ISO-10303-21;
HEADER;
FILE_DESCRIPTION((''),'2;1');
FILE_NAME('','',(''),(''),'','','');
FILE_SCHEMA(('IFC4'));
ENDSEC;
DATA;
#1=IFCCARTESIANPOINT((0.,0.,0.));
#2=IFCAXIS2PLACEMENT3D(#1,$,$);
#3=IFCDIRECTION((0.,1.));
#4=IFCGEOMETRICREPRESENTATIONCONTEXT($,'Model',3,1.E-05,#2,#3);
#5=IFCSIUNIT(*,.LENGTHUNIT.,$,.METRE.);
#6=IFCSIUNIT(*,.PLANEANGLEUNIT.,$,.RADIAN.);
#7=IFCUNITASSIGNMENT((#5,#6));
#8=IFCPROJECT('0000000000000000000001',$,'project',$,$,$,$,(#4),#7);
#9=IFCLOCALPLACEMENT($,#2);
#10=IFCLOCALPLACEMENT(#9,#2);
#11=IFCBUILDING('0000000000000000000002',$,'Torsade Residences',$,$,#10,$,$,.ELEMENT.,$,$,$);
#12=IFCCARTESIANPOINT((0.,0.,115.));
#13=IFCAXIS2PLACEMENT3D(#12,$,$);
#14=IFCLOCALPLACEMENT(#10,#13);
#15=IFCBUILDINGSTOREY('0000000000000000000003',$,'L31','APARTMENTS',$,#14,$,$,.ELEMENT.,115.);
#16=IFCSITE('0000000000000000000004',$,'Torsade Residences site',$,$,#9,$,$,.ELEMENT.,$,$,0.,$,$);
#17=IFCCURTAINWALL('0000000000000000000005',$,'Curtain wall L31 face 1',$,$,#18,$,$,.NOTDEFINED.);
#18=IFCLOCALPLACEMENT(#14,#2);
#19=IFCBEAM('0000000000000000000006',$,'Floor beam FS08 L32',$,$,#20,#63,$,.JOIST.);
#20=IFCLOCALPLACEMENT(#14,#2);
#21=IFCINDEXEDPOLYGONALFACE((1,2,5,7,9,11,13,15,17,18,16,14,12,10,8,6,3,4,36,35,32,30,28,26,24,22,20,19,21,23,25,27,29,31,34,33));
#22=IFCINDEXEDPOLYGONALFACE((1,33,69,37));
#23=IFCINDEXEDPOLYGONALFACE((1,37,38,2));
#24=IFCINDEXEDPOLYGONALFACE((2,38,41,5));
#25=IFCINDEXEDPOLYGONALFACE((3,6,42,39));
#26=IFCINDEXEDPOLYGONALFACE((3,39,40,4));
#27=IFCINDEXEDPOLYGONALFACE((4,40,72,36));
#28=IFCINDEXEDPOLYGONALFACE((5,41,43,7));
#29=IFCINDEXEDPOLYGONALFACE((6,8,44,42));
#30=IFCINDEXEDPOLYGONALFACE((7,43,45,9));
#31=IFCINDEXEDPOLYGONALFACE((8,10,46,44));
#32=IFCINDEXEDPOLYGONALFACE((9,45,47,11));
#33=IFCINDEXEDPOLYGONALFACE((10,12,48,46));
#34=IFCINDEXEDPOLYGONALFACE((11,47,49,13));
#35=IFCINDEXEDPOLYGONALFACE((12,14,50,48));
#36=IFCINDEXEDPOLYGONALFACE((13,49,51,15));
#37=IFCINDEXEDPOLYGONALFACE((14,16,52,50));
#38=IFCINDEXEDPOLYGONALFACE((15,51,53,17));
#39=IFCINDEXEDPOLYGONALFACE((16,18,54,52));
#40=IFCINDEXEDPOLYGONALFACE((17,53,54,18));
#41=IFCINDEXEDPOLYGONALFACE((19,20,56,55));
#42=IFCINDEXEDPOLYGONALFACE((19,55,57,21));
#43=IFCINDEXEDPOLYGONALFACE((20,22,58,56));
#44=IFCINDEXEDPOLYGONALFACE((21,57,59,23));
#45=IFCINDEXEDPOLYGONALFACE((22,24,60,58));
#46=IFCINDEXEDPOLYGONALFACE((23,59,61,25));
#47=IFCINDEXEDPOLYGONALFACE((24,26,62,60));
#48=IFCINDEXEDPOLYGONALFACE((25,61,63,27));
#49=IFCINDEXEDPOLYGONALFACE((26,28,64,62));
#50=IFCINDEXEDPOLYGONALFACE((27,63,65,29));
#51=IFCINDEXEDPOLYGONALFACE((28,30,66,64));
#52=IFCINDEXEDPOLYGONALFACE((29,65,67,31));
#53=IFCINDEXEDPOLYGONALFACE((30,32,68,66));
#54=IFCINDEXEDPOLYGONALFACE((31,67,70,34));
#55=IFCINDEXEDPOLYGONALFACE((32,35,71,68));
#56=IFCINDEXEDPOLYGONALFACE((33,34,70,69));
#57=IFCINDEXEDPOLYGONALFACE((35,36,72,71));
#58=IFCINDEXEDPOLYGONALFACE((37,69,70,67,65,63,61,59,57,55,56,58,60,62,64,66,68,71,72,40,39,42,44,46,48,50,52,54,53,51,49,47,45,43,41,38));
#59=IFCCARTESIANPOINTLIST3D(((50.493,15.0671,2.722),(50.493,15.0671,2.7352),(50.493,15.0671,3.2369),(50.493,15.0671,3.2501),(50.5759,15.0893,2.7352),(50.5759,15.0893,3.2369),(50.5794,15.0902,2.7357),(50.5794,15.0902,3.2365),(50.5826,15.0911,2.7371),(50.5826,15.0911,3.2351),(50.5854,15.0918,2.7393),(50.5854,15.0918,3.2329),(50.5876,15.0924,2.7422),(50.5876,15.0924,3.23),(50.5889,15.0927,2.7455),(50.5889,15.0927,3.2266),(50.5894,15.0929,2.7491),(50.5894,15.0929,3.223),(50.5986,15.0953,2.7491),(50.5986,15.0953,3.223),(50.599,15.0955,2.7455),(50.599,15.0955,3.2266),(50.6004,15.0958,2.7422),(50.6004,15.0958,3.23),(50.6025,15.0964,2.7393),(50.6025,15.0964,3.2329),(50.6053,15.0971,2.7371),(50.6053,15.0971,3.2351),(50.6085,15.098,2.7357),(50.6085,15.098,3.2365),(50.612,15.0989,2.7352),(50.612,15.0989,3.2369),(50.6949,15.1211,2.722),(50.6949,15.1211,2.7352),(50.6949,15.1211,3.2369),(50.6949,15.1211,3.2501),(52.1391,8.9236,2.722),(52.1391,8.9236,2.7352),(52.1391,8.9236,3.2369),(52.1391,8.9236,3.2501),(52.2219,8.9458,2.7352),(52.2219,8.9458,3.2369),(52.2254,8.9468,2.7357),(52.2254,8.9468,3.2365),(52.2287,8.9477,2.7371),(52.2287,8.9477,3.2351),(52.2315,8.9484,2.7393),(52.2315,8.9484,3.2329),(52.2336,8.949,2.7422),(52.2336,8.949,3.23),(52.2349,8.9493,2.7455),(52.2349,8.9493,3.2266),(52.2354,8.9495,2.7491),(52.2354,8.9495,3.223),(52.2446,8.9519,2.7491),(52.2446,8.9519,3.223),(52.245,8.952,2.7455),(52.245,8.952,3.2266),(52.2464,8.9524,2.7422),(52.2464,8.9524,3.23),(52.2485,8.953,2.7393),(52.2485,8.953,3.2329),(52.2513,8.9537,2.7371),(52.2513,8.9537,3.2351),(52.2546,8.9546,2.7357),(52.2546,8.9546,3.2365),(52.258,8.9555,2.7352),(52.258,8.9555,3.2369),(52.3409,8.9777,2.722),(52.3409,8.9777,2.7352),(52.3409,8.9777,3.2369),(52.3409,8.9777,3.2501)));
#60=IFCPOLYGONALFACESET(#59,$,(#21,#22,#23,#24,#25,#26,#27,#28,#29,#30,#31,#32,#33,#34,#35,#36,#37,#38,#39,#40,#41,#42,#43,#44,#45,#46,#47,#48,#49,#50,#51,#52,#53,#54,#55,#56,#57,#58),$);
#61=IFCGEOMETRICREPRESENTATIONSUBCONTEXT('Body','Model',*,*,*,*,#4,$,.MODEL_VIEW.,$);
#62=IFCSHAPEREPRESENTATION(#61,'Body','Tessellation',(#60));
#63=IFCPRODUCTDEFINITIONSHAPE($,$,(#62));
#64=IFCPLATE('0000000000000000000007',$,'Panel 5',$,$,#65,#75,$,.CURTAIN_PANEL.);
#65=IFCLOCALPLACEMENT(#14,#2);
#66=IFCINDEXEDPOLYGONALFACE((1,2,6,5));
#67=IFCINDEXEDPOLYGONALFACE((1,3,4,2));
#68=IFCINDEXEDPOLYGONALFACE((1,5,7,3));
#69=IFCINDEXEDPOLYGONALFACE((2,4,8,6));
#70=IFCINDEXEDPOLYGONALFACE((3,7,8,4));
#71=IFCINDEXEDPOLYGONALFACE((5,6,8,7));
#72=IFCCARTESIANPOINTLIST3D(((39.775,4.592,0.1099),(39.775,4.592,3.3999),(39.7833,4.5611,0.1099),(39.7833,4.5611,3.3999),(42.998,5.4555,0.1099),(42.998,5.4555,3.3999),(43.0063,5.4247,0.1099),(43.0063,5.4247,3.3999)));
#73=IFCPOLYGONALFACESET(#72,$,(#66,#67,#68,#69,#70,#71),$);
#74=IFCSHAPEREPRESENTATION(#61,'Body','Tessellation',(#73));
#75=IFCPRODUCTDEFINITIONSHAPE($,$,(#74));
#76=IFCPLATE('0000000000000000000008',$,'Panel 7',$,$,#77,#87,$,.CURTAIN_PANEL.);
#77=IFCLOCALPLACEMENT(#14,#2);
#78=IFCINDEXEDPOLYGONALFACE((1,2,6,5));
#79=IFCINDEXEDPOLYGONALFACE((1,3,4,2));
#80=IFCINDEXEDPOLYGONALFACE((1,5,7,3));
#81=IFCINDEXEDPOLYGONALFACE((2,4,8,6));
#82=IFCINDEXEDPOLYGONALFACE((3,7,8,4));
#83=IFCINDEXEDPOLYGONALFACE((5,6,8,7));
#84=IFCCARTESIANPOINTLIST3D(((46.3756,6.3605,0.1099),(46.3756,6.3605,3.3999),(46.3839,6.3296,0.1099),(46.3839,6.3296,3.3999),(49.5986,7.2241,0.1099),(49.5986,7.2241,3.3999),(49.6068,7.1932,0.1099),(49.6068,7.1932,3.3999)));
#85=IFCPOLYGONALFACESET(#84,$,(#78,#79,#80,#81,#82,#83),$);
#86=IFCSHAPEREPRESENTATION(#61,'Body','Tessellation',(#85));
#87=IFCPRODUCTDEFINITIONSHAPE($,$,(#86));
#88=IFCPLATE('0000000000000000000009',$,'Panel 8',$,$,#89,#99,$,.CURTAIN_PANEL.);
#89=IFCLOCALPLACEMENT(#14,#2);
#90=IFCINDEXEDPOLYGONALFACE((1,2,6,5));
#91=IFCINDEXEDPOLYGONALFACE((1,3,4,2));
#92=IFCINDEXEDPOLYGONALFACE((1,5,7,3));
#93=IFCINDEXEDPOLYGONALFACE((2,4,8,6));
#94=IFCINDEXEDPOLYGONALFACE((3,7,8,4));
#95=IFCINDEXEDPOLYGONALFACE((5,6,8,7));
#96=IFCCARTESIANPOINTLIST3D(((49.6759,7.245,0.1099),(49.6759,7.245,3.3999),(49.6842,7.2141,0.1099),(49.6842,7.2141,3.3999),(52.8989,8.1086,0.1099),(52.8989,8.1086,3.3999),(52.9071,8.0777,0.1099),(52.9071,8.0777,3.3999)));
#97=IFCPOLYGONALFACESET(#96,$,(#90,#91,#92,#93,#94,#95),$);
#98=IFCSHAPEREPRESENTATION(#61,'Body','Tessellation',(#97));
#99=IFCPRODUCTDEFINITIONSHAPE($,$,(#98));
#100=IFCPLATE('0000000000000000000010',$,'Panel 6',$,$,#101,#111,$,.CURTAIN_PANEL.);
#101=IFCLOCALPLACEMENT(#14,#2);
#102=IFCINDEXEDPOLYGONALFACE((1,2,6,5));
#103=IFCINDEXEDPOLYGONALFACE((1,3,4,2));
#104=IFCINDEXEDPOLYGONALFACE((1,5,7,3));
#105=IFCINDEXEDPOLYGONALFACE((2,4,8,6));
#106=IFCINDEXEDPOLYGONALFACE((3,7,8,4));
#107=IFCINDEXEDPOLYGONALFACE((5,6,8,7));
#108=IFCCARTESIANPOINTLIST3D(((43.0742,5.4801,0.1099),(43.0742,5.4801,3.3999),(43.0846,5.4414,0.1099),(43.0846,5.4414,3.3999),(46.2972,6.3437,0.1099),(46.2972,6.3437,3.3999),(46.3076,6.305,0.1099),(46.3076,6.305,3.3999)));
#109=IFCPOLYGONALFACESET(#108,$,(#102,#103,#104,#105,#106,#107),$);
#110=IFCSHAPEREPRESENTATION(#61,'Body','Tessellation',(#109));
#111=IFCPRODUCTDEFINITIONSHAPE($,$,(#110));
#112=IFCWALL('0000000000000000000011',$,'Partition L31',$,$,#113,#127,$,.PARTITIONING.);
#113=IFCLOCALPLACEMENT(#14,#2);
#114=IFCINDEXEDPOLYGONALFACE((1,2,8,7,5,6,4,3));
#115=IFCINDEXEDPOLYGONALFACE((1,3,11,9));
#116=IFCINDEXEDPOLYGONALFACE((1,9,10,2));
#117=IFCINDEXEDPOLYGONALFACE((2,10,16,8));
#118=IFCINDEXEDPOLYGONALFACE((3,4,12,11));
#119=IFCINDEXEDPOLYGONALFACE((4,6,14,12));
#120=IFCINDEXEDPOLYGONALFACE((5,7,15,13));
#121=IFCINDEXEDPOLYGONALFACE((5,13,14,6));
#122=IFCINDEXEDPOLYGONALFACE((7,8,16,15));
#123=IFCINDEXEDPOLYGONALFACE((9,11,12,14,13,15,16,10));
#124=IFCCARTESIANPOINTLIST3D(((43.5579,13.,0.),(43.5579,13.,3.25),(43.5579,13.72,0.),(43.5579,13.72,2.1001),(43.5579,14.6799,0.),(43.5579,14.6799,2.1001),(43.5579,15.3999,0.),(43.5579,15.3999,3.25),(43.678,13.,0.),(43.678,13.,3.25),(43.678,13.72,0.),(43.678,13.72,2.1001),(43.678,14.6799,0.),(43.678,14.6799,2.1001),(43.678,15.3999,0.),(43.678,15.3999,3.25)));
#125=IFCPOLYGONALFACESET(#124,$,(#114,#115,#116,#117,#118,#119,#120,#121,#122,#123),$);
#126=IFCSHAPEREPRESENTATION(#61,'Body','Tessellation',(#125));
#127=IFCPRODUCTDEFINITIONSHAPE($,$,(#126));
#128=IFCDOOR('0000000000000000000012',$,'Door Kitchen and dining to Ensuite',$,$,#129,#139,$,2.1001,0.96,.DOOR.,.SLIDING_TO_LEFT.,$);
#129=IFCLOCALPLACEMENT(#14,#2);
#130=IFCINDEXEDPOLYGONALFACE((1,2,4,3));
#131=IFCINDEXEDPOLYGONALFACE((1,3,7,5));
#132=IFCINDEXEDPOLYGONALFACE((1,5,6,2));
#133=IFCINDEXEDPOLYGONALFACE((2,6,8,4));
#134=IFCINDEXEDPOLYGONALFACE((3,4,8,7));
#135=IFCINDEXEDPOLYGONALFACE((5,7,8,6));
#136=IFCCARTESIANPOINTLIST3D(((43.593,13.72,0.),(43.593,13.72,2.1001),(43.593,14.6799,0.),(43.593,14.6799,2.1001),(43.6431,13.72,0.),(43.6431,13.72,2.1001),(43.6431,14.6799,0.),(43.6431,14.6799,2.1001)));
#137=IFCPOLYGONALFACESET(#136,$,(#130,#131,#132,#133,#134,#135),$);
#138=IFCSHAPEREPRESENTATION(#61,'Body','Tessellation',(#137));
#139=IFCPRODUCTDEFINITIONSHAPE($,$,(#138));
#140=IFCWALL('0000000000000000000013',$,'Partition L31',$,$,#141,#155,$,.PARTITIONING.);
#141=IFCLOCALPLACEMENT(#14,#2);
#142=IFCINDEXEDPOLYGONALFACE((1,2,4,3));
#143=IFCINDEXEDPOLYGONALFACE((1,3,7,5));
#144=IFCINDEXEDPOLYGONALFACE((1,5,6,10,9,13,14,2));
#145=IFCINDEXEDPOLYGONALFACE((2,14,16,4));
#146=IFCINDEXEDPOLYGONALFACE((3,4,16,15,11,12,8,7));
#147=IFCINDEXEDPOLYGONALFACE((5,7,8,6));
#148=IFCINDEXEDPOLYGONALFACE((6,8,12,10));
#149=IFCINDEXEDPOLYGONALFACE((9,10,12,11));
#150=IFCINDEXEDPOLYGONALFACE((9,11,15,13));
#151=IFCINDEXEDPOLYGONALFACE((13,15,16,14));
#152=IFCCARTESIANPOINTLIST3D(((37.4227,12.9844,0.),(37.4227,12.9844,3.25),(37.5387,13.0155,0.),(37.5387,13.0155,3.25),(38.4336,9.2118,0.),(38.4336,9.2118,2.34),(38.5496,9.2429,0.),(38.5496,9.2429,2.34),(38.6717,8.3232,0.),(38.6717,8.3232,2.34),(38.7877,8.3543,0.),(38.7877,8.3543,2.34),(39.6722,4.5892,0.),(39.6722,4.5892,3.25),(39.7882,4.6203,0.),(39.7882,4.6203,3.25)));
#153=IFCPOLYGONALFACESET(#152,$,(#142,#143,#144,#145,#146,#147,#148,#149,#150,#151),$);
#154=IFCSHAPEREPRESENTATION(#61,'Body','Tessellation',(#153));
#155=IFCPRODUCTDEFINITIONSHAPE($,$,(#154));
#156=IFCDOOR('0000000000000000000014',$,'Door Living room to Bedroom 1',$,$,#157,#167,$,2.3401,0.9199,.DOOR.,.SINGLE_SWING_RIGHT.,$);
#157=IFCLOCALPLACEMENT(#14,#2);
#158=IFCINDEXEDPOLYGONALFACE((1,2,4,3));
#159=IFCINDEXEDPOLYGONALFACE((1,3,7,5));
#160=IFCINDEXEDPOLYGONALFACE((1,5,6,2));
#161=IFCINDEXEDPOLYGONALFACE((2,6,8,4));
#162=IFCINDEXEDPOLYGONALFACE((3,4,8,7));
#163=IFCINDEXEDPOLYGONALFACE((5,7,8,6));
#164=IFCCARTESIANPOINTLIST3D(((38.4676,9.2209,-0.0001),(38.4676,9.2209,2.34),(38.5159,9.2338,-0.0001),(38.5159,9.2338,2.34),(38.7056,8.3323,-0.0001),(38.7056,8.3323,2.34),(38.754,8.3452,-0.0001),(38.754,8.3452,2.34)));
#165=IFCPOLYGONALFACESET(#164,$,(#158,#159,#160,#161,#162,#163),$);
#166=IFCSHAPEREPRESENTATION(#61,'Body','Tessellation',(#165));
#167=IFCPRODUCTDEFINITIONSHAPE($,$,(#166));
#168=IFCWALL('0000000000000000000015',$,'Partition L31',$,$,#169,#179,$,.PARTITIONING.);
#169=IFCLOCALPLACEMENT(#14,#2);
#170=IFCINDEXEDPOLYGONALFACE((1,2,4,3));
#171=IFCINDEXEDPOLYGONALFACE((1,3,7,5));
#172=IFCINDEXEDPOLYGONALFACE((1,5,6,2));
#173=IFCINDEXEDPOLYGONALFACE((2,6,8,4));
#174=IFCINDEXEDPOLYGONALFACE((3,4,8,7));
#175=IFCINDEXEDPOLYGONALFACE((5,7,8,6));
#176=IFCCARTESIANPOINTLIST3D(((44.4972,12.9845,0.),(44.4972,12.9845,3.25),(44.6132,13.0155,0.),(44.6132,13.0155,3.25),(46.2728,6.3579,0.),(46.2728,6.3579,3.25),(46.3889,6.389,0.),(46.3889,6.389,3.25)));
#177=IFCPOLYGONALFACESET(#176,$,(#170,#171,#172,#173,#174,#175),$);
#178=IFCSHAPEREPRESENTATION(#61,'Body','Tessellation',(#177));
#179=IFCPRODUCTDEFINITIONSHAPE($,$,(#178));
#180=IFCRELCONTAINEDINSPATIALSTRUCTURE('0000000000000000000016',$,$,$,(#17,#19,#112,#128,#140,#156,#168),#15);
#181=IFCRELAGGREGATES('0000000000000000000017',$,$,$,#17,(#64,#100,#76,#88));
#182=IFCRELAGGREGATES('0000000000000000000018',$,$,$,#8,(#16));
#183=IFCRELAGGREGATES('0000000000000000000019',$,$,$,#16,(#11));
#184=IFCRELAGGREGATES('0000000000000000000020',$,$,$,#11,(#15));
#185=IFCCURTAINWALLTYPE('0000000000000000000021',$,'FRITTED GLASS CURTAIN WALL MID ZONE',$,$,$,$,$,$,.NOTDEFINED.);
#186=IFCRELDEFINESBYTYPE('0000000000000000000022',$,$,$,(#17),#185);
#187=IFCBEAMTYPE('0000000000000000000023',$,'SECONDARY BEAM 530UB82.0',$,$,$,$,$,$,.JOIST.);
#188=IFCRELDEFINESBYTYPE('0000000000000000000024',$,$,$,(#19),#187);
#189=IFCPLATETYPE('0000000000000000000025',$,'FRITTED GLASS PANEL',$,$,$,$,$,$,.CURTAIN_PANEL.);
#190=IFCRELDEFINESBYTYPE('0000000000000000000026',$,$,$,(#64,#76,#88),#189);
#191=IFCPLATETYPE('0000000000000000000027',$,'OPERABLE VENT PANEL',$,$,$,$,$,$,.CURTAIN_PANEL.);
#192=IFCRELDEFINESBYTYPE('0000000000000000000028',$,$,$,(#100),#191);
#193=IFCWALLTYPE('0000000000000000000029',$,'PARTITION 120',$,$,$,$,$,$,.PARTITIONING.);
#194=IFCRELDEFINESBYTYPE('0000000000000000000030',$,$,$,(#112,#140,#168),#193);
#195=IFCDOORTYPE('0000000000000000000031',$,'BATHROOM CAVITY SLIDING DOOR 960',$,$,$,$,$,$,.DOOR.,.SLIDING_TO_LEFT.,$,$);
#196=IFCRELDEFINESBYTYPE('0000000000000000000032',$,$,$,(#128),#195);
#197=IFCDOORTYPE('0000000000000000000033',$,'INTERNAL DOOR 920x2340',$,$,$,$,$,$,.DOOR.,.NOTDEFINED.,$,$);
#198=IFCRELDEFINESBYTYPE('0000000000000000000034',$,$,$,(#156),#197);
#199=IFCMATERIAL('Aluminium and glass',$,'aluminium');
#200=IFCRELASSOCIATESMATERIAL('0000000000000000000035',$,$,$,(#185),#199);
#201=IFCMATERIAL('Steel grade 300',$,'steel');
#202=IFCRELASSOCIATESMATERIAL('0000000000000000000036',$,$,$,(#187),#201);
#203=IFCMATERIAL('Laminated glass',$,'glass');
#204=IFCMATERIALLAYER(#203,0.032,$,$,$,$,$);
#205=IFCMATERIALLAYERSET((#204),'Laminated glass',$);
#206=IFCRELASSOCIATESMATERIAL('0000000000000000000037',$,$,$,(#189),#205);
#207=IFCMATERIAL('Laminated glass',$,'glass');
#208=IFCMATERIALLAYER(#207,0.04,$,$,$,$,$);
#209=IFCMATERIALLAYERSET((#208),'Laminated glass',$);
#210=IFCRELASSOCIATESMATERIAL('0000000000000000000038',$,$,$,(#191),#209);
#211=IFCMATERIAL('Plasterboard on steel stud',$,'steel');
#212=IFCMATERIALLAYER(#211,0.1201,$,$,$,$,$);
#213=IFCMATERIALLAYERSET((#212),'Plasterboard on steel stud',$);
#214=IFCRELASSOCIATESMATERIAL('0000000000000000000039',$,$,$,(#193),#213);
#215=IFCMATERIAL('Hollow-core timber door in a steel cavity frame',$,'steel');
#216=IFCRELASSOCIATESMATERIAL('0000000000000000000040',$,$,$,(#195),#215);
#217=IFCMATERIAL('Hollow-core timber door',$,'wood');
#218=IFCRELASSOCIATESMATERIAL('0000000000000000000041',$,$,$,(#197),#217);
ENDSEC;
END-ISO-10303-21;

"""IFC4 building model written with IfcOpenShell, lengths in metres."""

from ifc_helpers import new_model, si_unit, direction, frame, frame_2d, origin, origin_2d, place, context, subcontext, project, spatial, rectangle, i_section, extrude, material, layer, layer_set, material_profile, profile_set, type_object, element, fill, aggregate, save


model = new_model("IFC4")

# Units and contexts
model_context = context("Model", 3, precision=1e-05, world=origin(), true_north=direction((0.0, 1.0)))
body_context = subcontext(model_context, "Body", "Model", "MODEL_VIEW")
ifc_project = project(units=[si_unit("LENGTHUNIT", "METRE"), si_unit("PLANEANGLEUNIT", "RADIAN")], contexts=[model_context])

# Site, building, storey
site_placement = place(None, origin())
site = spatial("IfcSite", under=ifc_project, at=site_placement, Name="Torsade Residences site", CompositionType="ELEMENT", RefElevation=0.0)
building_placement = place(site_placement, origin())
building = spatial("IfcBuilding", under=site, at=building_placement, Name="Torsade Residences", CompositionType="ELEMENT")
storey_placement = place(building_placement, frame((0.0, 0.0, 115.0)))
storey = spatial("IfcBuildingStorey", under=building, at=storey_placement, Name="L31", Description="APARTMENTS", CompositionType="ELEMENT", Elevation=115.0)

# Curtain wall
ifc_material_1 = material(Name="Aluminium and glass", Category="aluminium")
curtain_wall_type = type_object("IfcCurtainWallType", Name="FRITTED GLASS CURTAIN WALL MID ZONE", PredefinedType="NOTDEFINED", material=ifc_material_1)
curtain_wall_placement = place(storey_placement, origin())
curtain_wall = element("IfcCurtainWall", 1, at=curtain_wall_placement, inside=storey, type_object=curtain_wall_type, Name="Curtain wall L31 face 1", PredefinedType="NOTDEFINED")

# Beam
ifc_material_2 = material(Name="Steel grade 300", Category="steel")
ifc_material_profile_1 = material_profile(ifc_material_2, i_section(OverallWidth=0.209, OverallDepth=0.5281, WebThickness=0.0095, FlangeThickness=0.0132, FilletRadius=0.0139, at=origin_2d()), Name="530UB82.0")
ifc_profile_set_1 = profile_set([ifc_material_profile_1], Name="Steel grade 300")
beam_type_1 = type_object("IfcBeamType", Name="SECONDARY BEAM 530UB82.0", PredefinedType="JOIST", material=ifc_profile_set_1)
beam_1_placement = place(storey_placement, frame((52.24, 8.9507, 2.9861), z_axis=(-0.258805, 0.96593, 0.0), x_axis=(-0.96593, -0.258805, 0.0)))
element("IfcBeam", 2, at=beam_1_placement, inside=storey, type_object=beam_type_1, Name="Floor beam FS08 L32", PredefinedType="JOIST", context=body_context, shape_type="SweptSolid", body=[
    extrude(i_section(OverallWidth=0.209, OverallDepth=0.5281, WebThickness=0.0095, FlangeThickness=0.0132, FilletRadius=0.0139, at=origin_2d()), origin(), (0.0, 0.0, 1.0), 6.3601),
])

# Plates
ifc_material_3 = material(Name="Laminated glass", Category="glass")
ifc_layer_1 = layer(ifc_material_3, 0.032)
ifc_layer_set_1 = layer_set([ifc_layer_1], Name="Laminated glass")
plate_type_1 = type_object("IfcPlateType", Name="FRITTED GLASS PANEL", PredefinedType="CURTAIN_PANEL", material=ifc_layer_set_1)
plate_1_placement = place(storey_placement, frame((41.3906, 5.0083, 0.1099), z_axis=(0.0, 0.0, 1.0), x_axis=(0.965926, 0.258819, 0.0)))
plate_1 = element("IfcPlate", 3, at=plate_1_placement, type_object=plate_type_1, Name="Panel 5", PredefinedType="CURTAIN_PANEL", context=body_context, shape_type="SweptSolid", body=[
    extrude(rectangle(XDim=3.3367, YDim=0.032, at=origin_2d()), origin(), (0.0, 0.0, 1.0), 3.29),
])
plate_2_placement = place(storey_placement, frame((47.9912, 6.7769, 0.1099), z_axis=(0.0, 0.0, 1.0), x_axis=(0.965926, 0.258819, 0.0)))
plate_2 = element("IfcPlate", 4, at=plate_2_placement, type_object=plate_type_1, Name="Panel 7", PredefinedType="CURTAIN_PANEL", context=body_context, shape_type="SweptSolid", body=[
    extrude(rectangle(XDim=3.3367, YDim=0.032, at=origin_2d()), origin(), (0.0, 0.0, 1.0), 3.29),
])
plate_3_placement = place(storey_placement, frame((51.2915, 7.6614, 0.1099), z_axis=(0.0, 0.0, 1.0), x_axis=(0.965926, 0.258819, 0.0)))
plate_3 = element("IfcPlate", 5, at=plate_3_placement, type_object=plate_type_1, Name="Panel 8", PredefinedType="CURTAIN_PANEL", context=body_context, shape_type="SweptSolid", body=[
    extrude(rectangle(XDim=3.3367, YDim=0.032, at=origin_2d()), origin(), (0.0, 0.0, 1.0), 3.29),
])
ifc_material_4 = material(Name="Laminated glass", Category="glass")
ifc_layer_2 = layer(ifc_material_4, 0.04)
ifc_layer_set_2 = layer_set([ifc_layer_2], Name="Laminated glass")
plate_type_2 = type_object("IfcPlateType", Name="OPERABLE VENT PANEL", PredefinedType="CURTAIN_PANEL", material=ifc_layer_set_2)
plate_4_placement = place(storey_placement, frame((44.6909, 5.8926, 0.1099), z_axis=(0.0, 0.0, 1.0), x_axis=(0.965926, 0.258819, 0.0)))
plate_4 = element("IfcPlate", 6, at=plate_4_placement, type_object=plate_type_2, Name="Panel 6", PredefinedType="CURTAIN_PANEL", context=body_context, shape_type="SweptSolid", body=[
    extrude(rectangle(XDim=3.3367, YDim=0.04, at=origin_2d()), origin(), (0.0, 0.0, 1.0), 3.29),
])
aggregate(curtain_wall, [plate_1, plate_4, plate_2, plate_3])

# Walls, openings, doors
ifc_material_5 = material(Name="Plasterboard on steel stud", Category="steel")
ifc_layer_3 = layer(ifc_material_5, 0.1201)
ifc_layer_set_3 = layer_set([ifc_layer_3], Name="Plasterboard on steel stud")
wall_type = type_object("IfcWallType", Name="PARTITION 120", PredefinedType="PARTITIONING", material=ifc_layer_set_3)
wall_1_placement = place(storey_placement, frame((43.6179, 13.0, 0.0), z_axis=(0.0, 0.0, 1.0), x_axis=(0.0, 1.0, 0.0)))
wall_1 = element("IfcWall", 7, at=wall_1_placement, inside=storey, type_object=wall_type, Name="Partition L31", PredefinedType="PARTITIONING", context=body_context, shape_type="SweptSolid", body=[
    extrude(rectangle(XDim=2.3999, YDim=0.1201, at=frame_2d((1.2, 0.0))), origin(), (0.0, 0.0, 1.0), 3.25),
])
opening_1_placement = place(wall_1_placement, frame((0.72, 0.0, 0.0)))
opening_1 = element("IfcOpeningElement", 8, at=opening_1_placement, cuts=wall_1, PredefinedType="OPENING", context=body_context, shape_type="SweptSolid", body=[
    extrude(rectangle(XDim=0.96, YDim=2.1001, at=frame_2d((0.48, 1.05))), frame((0.0, 0.0701, 0.0), z_axis=(0.0, -1.0, 0.0), x_axis=(1.0, 0.0, 0.0)), (0.0, 0.0, 1.0), 0.1401),
])
ifc_material_6 = material(Name="Hollow-core timber door in a steel cavity frame", Category="steel")
door_type_1 = type_object("IfcDoorType", Name="BATHROOM CAVITY SLIDING DOOR 960", OperationType="SLIDING_TO_LEFT", PredefinedType="DOOR", material=ifc_material_6)
door_1_placement = place(opening_1_placement, origin())
door_1 = element("IfcDoor", 9, at=door_1_placement, inside=storey, type_object=door_type_1, Name="Door Kitchen and dining to Ensuite", OperationType="SLIDING_TO_LEFT", OverallHeight=2.1001, OverallWidth=0.96, PredefinedType="DOOR", context=body_context, shape_type="SweptSolid", body=[
    extrude(rectangle(XDim=0.96, YDim=2.1001, at=frame_2d((0.48, 1.05))), frame((0.0, 0.0249, 0.0), z_axis=(0.0, -1.0, 0.0), x_axis=(1.0, 0.0, 0.0)), (0.0, 0.0, 1.0), 0.05),
])
fill(opening_1, door_1)
wall_2_placement = place(storey_placement, frame((39.7302, 4.6047, 0.0), z_axis=(0.0, 0.0, 1.0), x_axis=(-0.25882, 0.965926, 0.0)))
wall_2 = element("IfcWall", 10, at=wall_2_placement, inside=storey, type_object=wall_type, Name="Partition L31", PredefinedType="PARTITIONING", context=body_context, shape_type="SweptSolid", body=[
    extrude(rectangle(XDim=8.6914, YDim=0.1201, at=frame_2d((4.3457, 0.0))), origin(), (0.0, 0.0, 1.0), 3.25),
])
opening_2_placement = place(wall_2_placement, frame((3.8657, 0.0, 0.0)))
opening_2 = element("IfcOpeningElement", 11, at=opening_2_placement, cuts=wall_2, PredefinedType="OPENING", context=body_context, shape_type="SweptSolid", body=[
    extrude(rectangle(XDim=0.9199, YDim=2.3401, at=frame_2d((0.46, 1.1699))), frame((0.0, 0.0701, 0.0), z_axis=(0.0, -1.0, 0.0), x_axis=(1.0, 0.0, 0.0)), (0.0, 0.0, 1.0), 0.1401),
])
ifc_material_7 = material(Name="Hollow-core timber door", Category="wood")
door_type_2 = type_object("IfcDoorType", Name="INTERNAL DOOR 920x2340", OperationType="NOTDEFINED", PredefinedType="DOOR", material=ifc_material_7)
door_2_placement = place(opening_2_placement, origin())
door_2 = element("IfcDoor", 12, at=door_2_placement, inside=storey, type_object=door_type_2, Name="Door Living room to Bedroom 1", OperationType="SINGLE_SWING_RIGHT", OverallHeight=2.3401, OverallWidth=0.9199, PredefinedType="DOOR", context=body_context, shape_type="SweptSolid", body=[
    extrude(rectangle(XDim=0.9199, YDim=2.3401, at=frame_2d((0.46, 1.1699))), frame((0.0, 0.0249, 0.0), z_axis=(0.0, -1.0, 0.0), x_axis=(1.0, 0.0, 0.0)), (0.0, 0.0, 1.0), 0.05),
])
fill(opening_2, door_2)

# Wall
wall_3_placement = place(storey_placement, frame((44.5552, 13.0, 0.0), z_axis=(0.0, 0.0, 1.0), x_axis=(0.25883, -0.965923, 0.0)))
element("IfcWall", 13, at=wall_3_placement, inside=storey, type_object=wall_type, Name="Partition L31", PredefinedType="PARTITIONING", context=body_context, shape_type="SweptSolid", body=[
    extrude(rectangle(XDim=6.8604, YDim=0.1201, at=frame_2d((3.4302, 0.0))), origin(), (0.0, 0.0, 1.0), 3.25),
])

save(model, "model.ifc")
